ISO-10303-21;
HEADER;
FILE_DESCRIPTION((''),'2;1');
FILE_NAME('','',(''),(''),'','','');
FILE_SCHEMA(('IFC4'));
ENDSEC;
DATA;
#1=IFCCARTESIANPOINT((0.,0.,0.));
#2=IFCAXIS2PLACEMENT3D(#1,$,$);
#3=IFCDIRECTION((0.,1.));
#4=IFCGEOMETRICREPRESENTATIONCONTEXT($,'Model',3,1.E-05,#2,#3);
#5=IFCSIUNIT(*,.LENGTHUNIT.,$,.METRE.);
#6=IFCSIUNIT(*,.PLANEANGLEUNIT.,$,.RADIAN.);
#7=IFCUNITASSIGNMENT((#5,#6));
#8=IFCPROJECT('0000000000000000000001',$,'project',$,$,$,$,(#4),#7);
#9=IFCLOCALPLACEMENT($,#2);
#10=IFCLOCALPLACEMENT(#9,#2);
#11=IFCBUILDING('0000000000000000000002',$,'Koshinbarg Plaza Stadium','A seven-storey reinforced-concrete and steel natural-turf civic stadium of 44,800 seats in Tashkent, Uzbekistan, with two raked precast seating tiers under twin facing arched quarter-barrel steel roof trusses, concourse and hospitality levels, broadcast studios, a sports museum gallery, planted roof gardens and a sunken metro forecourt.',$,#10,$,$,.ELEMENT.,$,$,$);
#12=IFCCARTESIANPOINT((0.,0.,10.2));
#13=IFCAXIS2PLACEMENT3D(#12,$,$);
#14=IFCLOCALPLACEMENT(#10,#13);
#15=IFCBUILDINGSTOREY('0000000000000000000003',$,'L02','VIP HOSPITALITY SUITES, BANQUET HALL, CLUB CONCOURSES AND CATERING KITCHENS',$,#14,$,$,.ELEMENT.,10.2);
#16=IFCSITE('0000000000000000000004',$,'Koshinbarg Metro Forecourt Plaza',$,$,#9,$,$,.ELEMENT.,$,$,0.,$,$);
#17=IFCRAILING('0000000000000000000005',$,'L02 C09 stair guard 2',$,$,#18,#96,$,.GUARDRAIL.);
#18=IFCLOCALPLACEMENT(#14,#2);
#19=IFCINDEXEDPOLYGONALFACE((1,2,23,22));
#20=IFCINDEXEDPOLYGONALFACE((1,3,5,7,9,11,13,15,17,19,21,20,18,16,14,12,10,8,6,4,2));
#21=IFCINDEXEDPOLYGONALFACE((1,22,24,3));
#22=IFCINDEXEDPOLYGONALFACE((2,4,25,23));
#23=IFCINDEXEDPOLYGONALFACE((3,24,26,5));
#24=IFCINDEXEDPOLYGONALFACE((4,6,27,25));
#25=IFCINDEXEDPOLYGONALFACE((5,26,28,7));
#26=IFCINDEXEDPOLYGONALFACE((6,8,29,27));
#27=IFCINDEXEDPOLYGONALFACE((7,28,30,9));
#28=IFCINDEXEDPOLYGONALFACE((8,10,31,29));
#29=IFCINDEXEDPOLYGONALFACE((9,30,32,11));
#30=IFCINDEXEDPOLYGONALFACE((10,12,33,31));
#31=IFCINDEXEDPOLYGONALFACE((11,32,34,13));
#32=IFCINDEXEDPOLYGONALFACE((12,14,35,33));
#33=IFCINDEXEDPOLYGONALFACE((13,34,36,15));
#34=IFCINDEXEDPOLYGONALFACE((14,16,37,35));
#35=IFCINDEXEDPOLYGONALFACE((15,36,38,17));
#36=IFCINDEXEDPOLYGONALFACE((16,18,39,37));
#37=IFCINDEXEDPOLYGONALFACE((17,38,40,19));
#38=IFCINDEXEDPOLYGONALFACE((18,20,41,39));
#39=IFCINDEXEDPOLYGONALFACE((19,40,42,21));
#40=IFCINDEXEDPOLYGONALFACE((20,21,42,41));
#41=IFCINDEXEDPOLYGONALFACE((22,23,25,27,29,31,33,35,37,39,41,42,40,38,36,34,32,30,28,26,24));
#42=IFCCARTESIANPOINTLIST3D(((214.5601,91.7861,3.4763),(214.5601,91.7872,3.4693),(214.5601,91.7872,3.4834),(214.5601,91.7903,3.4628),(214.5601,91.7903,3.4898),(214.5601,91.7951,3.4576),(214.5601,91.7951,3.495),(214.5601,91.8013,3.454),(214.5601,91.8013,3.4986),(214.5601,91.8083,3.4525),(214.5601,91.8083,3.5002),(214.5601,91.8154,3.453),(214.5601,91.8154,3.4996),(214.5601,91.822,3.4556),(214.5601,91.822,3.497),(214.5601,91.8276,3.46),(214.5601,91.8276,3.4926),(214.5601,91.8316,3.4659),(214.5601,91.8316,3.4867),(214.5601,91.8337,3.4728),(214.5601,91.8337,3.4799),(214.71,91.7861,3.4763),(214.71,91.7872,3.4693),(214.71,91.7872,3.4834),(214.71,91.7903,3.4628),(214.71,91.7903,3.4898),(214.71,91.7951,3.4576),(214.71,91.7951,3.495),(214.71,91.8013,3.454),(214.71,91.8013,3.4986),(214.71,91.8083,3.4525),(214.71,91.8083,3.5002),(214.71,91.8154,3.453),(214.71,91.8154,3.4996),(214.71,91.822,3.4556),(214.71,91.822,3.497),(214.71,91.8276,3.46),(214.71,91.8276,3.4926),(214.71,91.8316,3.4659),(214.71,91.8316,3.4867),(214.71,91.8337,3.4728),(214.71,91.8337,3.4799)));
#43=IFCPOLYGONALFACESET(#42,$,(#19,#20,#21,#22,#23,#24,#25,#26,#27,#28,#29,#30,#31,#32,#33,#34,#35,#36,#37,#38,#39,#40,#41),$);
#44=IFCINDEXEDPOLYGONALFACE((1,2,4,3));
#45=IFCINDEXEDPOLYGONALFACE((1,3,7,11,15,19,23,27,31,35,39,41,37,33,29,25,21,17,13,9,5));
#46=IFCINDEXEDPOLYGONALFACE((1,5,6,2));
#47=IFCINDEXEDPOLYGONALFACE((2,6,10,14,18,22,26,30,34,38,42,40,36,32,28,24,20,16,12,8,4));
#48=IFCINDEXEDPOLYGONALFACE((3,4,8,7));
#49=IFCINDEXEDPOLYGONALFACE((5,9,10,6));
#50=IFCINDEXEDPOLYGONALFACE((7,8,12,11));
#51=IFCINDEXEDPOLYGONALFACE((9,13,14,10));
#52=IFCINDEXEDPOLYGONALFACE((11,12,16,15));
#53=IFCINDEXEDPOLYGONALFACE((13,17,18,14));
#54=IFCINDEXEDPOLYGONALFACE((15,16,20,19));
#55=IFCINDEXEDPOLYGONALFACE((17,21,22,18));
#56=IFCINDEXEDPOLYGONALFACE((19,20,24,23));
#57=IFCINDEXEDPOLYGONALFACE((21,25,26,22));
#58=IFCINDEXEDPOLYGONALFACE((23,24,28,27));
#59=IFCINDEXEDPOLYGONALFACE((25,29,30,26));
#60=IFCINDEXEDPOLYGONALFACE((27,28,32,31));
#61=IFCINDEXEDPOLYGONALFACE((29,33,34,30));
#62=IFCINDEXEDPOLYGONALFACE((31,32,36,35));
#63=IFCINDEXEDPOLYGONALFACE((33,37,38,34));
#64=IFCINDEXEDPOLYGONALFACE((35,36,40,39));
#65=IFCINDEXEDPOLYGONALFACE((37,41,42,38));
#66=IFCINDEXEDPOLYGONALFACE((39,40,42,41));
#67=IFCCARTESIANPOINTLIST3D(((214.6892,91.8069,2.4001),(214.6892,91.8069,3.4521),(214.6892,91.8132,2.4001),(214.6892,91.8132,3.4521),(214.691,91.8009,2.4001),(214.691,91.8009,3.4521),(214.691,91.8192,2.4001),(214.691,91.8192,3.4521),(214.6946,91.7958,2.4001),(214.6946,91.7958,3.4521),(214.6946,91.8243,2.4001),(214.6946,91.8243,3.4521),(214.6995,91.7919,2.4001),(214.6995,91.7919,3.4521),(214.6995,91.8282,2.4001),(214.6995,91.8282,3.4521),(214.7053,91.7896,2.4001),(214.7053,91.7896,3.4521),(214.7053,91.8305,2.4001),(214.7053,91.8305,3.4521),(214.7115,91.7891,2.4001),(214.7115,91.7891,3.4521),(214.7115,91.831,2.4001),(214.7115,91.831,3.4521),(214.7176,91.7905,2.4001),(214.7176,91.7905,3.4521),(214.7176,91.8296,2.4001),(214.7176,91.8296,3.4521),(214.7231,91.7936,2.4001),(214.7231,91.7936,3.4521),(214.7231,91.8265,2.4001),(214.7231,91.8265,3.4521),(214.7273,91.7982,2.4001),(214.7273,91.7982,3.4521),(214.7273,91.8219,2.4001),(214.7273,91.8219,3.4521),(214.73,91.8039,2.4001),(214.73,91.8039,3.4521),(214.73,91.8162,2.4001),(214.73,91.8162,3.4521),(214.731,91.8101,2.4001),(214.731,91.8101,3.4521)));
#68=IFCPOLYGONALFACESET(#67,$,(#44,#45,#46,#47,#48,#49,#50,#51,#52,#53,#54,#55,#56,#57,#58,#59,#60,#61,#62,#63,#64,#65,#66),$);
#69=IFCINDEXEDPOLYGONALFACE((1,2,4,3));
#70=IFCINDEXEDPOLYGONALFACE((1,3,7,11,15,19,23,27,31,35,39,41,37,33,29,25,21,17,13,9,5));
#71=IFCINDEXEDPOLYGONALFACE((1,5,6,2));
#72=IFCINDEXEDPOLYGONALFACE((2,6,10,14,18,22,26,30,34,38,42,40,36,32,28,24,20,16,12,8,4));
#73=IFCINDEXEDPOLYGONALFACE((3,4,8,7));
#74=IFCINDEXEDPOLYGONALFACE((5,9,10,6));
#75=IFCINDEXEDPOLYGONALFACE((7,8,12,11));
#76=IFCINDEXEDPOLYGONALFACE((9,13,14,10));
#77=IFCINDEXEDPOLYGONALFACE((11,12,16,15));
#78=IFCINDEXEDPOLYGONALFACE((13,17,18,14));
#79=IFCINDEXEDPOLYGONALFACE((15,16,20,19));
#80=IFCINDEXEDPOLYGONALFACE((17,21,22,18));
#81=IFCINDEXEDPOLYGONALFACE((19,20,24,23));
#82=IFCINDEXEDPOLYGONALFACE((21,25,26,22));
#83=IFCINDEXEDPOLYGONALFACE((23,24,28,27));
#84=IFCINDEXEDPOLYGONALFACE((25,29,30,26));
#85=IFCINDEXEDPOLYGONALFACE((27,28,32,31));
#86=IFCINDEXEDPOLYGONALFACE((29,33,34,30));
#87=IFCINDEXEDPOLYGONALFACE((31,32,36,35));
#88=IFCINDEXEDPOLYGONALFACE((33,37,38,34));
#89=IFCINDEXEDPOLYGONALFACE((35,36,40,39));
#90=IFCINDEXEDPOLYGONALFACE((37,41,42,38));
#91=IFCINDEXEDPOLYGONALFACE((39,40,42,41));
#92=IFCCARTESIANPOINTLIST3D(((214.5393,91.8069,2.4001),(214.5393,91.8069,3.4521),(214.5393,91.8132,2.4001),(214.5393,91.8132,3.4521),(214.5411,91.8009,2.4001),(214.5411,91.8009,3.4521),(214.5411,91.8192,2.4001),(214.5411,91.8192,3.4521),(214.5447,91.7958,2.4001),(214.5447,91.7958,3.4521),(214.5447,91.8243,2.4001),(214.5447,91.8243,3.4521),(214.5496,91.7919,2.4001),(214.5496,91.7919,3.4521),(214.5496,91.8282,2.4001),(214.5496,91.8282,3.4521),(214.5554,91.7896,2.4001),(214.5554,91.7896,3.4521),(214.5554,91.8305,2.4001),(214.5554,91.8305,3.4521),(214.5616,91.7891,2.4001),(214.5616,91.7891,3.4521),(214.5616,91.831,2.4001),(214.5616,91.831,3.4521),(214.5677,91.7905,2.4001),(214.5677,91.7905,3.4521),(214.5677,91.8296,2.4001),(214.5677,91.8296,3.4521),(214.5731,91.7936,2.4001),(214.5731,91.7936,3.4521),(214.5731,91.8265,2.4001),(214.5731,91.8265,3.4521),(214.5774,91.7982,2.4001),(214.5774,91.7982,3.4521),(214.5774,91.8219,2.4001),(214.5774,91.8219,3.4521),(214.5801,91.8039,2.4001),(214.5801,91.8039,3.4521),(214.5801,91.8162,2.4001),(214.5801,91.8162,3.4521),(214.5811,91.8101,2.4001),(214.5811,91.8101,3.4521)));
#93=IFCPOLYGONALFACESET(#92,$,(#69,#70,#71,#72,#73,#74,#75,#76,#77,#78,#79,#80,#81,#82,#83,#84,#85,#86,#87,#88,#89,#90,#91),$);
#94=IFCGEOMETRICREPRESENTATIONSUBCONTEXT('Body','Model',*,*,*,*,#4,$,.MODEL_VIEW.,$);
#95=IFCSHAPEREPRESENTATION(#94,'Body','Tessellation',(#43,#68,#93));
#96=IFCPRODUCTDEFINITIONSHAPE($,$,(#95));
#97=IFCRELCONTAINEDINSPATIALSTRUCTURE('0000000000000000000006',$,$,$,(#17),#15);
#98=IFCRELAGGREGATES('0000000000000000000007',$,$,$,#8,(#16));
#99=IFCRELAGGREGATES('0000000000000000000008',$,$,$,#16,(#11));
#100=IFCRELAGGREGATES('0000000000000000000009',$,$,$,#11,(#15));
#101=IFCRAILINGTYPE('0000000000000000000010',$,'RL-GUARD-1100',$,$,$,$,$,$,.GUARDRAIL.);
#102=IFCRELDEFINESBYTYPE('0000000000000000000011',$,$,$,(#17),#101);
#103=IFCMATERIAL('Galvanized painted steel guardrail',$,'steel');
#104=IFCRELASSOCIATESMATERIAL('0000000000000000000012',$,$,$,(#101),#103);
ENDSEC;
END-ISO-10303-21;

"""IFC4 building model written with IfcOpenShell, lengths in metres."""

from ifc_helpers import new_model, si_unit, direction, frame, origin, origin_2d, place, context, subcontext, project, spatial, circle, extrude, material, type_object, element, save


model = new_model("IFC4")

# Units and contexts
model_context = context("Model", 3, precision=1e-05, world=origin(), true_north=direction((0.0, 1.0)))
body_context = subcontext(model_context, "Body", "Model", "MODEL_VIEW")
ifc_project = project(units=[si_unit("LENGTHUNIT", "METRE"), si_unit("PLANEANGLEUNIT", "RADIAN")], contexts=[model_context])

# Site, building, storey
site_placement = place(None, origin())
site = spatial("IfcSite", under=ifc_project, at=site_placement, Name="Koshinbarg Metro Forecourt Plaza", CompositionType="ELEMENT", RefElevation=0.0)
building_placement = place(site_placement, origin())
building = spatial("IfcBuilding", under=site, at=building_placement, Name="Koshinbarg Plaza Stadium", Description="A seven-storey reinforced-concrete and steel natural-turf civic stadium of 44,800 seats in Tashkent, Uzbekistan, with two raked precast seating tiers under twin facing arched quarter-barrel steel roof trusses, concourse and hospitality levels, broadcast studios, a sports museum gallery, planted roof gardens and a sunken metro forecourt.", CompositionType="ELEMENT")
storey_placement = place(building_placement, frame((0.0, 0.0, 10.2)))
storey = spatial("IfcBuildingStorey", under=building, at=storey_placement, Name="L02", Description="VIP HOSPITALITY SUITES, BANQUET HALL, CLUB CONCOURSES AND CATERING KITCHENS", CompositionType="ELEMENT", Elevation=10.2)

# Railing
ifc_material_1 = material(Name="Galvanized painted steel guardrail", Category="steel")
railing_type_1 = type_object("IfcRailingType", Name="RL-GUARD-1100", PredefinedType="GUARDRAIL", material=ifc_material_1)
railing_1_placement = place(storey_placement, frame((214.71, 91.8101, 2.4001)))
element("IfcRailing", 1, at=railing_1_placement, inside=storey, type_object=railing_type_1, Name="L02 C09 stair guard 2", PredefinedType="GUARDRAIL", context=body_context, shape_type="SweptSolid", body=[
    extrude(circle(Radius=0.0239, at=origin_2d()), frame((0.0, 0.0, 1.0762), z_axis=(-1.0, 0.0, 0.0), x_axis=(0.0, -1.0, 0.0)), (0.0, 0.0, 1.0), 0.1499),
    extrude(circle(Radius=0.021, at=origin_2d()), origin(), (0.0, 0.0, 1.0), 1.052),
    extrude(circle(Radius=0.021, at=origin_2d()), frame((-0.1499, 0.0, 0.0)), (0.0, 0.0, 1.0), 1.052),
])

save(model, "model.ifc")
